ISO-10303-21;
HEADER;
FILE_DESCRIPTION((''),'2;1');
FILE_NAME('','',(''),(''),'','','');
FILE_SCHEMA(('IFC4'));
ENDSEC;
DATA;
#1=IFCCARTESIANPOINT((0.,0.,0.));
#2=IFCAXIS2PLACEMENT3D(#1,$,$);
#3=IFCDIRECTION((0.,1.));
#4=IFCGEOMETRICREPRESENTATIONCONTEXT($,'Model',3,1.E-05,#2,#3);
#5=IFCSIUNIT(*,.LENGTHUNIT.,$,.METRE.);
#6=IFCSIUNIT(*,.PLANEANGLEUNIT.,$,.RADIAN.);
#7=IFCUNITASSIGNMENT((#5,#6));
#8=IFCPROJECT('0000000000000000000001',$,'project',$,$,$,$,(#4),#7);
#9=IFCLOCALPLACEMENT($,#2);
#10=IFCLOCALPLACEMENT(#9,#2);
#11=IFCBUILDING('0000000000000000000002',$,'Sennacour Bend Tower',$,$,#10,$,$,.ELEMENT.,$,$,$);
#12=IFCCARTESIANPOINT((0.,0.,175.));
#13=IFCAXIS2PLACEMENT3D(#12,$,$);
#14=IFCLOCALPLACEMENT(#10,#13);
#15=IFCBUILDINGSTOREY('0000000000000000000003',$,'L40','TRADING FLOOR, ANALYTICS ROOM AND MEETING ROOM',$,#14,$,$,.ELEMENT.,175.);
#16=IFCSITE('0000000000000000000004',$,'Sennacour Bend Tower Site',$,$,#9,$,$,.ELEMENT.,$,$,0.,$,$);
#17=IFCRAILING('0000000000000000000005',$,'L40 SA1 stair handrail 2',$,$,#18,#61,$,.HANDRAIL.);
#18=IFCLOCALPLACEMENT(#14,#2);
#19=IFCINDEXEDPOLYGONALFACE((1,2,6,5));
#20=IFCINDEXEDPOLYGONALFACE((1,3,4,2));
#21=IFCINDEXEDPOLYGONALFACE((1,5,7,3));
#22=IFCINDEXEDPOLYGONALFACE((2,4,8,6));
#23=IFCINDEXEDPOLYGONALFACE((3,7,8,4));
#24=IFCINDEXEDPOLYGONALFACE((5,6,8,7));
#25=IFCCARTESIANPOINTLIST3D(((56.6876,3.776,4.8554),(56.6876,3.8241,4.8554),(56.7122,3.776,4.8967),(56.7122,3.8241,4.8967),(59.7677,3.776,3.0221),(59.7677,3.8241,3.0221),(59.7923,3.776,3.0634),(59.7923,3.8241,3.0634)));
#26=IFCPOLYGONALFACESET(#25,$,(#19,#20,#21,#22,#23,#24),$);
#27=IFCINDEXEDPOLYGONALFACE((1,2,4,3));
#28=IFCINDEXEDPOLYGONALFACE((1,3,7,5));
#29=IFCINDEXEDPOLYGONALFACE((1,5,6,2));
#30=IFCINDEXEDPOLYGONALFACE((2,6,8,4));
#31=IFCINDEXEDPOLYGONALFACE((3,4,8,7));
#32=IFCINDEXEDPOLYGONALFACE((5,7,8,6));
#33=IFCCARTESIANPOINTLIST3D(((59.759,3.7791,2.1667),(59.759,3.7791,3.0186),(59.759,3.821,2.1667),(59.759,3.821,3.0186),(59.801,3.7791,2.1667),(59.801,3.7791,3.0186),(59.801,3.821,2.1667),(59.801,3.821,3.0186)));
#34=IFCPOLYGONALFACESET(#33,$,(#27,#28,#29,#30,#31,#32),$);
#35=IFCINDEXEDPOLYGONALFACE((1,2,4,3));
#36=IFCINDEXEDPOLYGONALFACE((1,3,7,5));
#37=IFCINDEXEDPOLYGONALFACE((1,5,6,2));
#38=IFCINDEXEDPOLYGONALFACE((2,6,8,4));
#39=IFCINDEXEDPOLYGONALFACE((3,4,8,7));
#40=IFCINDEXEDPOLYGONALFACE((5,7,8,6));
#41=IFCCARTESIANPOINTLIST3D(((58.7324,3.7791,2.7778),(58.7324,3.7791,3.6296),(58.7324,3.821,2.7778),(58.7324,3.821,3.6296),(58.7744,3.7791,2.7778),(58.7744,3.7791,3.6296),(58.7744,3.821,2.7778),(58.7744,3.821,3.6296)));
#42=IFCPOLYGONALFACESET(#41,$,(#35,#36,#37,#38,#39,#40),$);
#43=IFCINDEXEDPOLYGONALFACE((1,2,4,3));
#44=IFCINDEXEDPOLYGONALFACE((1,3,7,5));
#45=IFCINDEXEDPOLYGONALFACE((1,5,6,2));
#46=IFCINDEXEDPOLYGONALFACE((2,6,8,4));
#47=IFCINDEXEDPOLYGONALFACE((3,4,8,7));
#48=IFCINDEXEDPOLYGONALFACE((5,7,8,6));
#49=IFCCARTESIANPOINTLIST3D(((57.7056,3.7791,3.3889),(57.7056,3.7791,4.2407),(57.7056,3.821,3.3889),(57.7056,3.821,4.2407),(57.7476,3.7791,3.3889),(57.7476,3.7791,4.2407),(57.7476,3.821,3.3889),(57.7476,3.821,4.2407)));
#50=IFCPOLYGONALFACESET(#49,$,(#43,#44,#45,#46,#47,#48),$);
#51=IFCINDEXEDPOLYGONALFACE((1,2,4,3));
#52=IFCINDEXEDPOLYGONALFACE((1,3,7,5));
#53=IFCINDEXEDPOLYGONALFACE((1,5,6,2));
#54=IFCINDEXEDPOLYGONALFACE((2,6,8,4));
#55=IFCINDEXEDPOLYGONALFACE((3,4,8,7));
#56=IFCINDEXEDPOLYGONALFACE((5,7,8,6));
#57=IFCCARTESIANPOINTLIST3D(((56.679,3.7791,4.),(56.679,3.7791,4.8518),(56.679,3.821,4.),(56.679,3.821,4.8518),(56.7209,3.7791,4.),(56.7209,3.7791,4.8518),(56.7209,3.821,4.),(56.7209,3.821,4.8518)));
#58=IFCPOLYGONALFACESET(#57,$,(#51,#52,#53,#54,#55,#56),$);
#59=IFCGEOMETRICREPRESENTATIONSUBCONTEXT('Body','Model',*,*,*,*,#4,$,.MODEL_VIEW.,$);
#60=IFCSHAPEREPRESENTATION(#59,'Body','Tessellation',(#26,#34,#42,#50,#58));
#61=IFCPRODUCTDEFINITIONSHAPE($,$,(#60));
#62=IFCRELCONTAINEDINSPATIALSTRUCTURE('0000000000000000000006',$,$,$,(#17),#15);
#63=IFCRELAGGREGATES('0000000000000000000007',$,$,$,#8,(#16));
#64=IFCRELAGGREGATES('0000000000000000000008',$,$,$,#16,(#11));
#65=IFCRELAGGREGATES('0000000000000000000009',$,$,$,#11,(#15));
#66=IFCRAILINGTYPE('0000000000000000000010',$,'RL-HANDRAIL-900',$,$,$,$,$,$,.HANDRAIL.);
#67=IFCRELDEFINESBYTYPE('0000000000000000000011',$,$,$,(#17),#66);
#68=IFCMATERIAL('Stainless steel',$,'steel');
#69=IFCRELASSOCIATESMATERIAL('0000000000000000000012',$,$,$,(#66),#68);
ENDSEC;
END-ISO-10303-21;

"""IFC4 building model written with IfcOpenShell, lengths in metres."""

from ifc_helpers import new_model, si_unit, direction, frame, origin, origin_2d, place, context, subcontext, project, spatial, rectangle, extrude, material, type_object, element, save


model = new_model("IFC4")

# Units and contexts
model_context = context("Model", 3, precision=1e-05, world=origin(), true_north=direction((0.0, 1.0)))
body_context = subcontext(model_context, "Body", "Model", "MODEL_VIEW")
ifc_project = project(units=[si_unit("LENGTHUNIT", "METRE"), si_unit("PLANEANGLEUNIT", "RADIAN")], contexts=[model_context])

# Site, building, storey
site_placement = place(None, origin())
site = spatial("IfcSite", under=ifc_project, at=site_placement, Name="Sennacour Bend Tower Site", CompositionType="ELEMENT", RefElevation=0.0)
building_placement = place(site_placement, origin())
building = spatial("IfcBuilding", under=site, at=building_placement, Name="Sennacour Bend Tower", CompositionType="ELEMENT")
storey_placement = place(building_placement, frame((0.0, 0.0, 175.0)))
storey = spatial("IfcBuildingStorey", under=building, at=storey_placement, Name="L40", Description="TRADING FLOOR, ANALYTICS ROOM AND MEETING ROOM", CompositionType="ELEMENT", Elevation=175.0)

# Shared definitions
ifc_material_1 = material(Name="Stainless steel", Category="steel")

# Railing
railing_type_1 = type_object("IfcRailingType", Name="RL-HANDRAIL-900", PredefinedType="HANDRAIL", material=ifc_material_1)
railing_1_placement = place(storey_placement, frame((59.78, 3.8, 2.1667)))
element("IfcRailing", 1, at=railing_1_placement, inside=storey, type_object=railing_type_1, Name="L40 SA1 stair handrail 2", PredefinedType="HANDRAIL", context=body_context, shape_type="SweptSolid", body=[
    extrude(rectangle(XDim=0.0481, YDim=0.0481, at=origin_2d()), frame((0.0, 0.0, 0.876), z_axis=(-0.859309, 0.0, 0.511458), x_axis=(0.0, -1.0, 0.0)), (0.0, 0.0, 1.0), 3.5845),
    extrude(rectangle(XDim=0.042, YDim=0.042, at=origin_2d()), origin(), (0.0, 0.0, 1.0), 0.8518),
    extrude(rectangle(XDim=0.042, YDim=0.042, at=origin_2d()), frame((-1.0266, 0.0, 0.6111)), (0.0, 0.0, 1.0), 0.8518),
    extrude(rectangle(XDim=0.042, YDim=0.042, at=origin_2d()), frame((-2.0535, 0.0, 1.2222)), (0.0, 0.0, 1.0), 0.8518),
    extrude(rectangle(XDim=0.042, YDim=0.042, at=origin_2d()), frame((-3.0801, 0.0, 1.8333)), (0.0, 0.0, 1.0), 0.8518),
])

save(model, "model.ifc")
